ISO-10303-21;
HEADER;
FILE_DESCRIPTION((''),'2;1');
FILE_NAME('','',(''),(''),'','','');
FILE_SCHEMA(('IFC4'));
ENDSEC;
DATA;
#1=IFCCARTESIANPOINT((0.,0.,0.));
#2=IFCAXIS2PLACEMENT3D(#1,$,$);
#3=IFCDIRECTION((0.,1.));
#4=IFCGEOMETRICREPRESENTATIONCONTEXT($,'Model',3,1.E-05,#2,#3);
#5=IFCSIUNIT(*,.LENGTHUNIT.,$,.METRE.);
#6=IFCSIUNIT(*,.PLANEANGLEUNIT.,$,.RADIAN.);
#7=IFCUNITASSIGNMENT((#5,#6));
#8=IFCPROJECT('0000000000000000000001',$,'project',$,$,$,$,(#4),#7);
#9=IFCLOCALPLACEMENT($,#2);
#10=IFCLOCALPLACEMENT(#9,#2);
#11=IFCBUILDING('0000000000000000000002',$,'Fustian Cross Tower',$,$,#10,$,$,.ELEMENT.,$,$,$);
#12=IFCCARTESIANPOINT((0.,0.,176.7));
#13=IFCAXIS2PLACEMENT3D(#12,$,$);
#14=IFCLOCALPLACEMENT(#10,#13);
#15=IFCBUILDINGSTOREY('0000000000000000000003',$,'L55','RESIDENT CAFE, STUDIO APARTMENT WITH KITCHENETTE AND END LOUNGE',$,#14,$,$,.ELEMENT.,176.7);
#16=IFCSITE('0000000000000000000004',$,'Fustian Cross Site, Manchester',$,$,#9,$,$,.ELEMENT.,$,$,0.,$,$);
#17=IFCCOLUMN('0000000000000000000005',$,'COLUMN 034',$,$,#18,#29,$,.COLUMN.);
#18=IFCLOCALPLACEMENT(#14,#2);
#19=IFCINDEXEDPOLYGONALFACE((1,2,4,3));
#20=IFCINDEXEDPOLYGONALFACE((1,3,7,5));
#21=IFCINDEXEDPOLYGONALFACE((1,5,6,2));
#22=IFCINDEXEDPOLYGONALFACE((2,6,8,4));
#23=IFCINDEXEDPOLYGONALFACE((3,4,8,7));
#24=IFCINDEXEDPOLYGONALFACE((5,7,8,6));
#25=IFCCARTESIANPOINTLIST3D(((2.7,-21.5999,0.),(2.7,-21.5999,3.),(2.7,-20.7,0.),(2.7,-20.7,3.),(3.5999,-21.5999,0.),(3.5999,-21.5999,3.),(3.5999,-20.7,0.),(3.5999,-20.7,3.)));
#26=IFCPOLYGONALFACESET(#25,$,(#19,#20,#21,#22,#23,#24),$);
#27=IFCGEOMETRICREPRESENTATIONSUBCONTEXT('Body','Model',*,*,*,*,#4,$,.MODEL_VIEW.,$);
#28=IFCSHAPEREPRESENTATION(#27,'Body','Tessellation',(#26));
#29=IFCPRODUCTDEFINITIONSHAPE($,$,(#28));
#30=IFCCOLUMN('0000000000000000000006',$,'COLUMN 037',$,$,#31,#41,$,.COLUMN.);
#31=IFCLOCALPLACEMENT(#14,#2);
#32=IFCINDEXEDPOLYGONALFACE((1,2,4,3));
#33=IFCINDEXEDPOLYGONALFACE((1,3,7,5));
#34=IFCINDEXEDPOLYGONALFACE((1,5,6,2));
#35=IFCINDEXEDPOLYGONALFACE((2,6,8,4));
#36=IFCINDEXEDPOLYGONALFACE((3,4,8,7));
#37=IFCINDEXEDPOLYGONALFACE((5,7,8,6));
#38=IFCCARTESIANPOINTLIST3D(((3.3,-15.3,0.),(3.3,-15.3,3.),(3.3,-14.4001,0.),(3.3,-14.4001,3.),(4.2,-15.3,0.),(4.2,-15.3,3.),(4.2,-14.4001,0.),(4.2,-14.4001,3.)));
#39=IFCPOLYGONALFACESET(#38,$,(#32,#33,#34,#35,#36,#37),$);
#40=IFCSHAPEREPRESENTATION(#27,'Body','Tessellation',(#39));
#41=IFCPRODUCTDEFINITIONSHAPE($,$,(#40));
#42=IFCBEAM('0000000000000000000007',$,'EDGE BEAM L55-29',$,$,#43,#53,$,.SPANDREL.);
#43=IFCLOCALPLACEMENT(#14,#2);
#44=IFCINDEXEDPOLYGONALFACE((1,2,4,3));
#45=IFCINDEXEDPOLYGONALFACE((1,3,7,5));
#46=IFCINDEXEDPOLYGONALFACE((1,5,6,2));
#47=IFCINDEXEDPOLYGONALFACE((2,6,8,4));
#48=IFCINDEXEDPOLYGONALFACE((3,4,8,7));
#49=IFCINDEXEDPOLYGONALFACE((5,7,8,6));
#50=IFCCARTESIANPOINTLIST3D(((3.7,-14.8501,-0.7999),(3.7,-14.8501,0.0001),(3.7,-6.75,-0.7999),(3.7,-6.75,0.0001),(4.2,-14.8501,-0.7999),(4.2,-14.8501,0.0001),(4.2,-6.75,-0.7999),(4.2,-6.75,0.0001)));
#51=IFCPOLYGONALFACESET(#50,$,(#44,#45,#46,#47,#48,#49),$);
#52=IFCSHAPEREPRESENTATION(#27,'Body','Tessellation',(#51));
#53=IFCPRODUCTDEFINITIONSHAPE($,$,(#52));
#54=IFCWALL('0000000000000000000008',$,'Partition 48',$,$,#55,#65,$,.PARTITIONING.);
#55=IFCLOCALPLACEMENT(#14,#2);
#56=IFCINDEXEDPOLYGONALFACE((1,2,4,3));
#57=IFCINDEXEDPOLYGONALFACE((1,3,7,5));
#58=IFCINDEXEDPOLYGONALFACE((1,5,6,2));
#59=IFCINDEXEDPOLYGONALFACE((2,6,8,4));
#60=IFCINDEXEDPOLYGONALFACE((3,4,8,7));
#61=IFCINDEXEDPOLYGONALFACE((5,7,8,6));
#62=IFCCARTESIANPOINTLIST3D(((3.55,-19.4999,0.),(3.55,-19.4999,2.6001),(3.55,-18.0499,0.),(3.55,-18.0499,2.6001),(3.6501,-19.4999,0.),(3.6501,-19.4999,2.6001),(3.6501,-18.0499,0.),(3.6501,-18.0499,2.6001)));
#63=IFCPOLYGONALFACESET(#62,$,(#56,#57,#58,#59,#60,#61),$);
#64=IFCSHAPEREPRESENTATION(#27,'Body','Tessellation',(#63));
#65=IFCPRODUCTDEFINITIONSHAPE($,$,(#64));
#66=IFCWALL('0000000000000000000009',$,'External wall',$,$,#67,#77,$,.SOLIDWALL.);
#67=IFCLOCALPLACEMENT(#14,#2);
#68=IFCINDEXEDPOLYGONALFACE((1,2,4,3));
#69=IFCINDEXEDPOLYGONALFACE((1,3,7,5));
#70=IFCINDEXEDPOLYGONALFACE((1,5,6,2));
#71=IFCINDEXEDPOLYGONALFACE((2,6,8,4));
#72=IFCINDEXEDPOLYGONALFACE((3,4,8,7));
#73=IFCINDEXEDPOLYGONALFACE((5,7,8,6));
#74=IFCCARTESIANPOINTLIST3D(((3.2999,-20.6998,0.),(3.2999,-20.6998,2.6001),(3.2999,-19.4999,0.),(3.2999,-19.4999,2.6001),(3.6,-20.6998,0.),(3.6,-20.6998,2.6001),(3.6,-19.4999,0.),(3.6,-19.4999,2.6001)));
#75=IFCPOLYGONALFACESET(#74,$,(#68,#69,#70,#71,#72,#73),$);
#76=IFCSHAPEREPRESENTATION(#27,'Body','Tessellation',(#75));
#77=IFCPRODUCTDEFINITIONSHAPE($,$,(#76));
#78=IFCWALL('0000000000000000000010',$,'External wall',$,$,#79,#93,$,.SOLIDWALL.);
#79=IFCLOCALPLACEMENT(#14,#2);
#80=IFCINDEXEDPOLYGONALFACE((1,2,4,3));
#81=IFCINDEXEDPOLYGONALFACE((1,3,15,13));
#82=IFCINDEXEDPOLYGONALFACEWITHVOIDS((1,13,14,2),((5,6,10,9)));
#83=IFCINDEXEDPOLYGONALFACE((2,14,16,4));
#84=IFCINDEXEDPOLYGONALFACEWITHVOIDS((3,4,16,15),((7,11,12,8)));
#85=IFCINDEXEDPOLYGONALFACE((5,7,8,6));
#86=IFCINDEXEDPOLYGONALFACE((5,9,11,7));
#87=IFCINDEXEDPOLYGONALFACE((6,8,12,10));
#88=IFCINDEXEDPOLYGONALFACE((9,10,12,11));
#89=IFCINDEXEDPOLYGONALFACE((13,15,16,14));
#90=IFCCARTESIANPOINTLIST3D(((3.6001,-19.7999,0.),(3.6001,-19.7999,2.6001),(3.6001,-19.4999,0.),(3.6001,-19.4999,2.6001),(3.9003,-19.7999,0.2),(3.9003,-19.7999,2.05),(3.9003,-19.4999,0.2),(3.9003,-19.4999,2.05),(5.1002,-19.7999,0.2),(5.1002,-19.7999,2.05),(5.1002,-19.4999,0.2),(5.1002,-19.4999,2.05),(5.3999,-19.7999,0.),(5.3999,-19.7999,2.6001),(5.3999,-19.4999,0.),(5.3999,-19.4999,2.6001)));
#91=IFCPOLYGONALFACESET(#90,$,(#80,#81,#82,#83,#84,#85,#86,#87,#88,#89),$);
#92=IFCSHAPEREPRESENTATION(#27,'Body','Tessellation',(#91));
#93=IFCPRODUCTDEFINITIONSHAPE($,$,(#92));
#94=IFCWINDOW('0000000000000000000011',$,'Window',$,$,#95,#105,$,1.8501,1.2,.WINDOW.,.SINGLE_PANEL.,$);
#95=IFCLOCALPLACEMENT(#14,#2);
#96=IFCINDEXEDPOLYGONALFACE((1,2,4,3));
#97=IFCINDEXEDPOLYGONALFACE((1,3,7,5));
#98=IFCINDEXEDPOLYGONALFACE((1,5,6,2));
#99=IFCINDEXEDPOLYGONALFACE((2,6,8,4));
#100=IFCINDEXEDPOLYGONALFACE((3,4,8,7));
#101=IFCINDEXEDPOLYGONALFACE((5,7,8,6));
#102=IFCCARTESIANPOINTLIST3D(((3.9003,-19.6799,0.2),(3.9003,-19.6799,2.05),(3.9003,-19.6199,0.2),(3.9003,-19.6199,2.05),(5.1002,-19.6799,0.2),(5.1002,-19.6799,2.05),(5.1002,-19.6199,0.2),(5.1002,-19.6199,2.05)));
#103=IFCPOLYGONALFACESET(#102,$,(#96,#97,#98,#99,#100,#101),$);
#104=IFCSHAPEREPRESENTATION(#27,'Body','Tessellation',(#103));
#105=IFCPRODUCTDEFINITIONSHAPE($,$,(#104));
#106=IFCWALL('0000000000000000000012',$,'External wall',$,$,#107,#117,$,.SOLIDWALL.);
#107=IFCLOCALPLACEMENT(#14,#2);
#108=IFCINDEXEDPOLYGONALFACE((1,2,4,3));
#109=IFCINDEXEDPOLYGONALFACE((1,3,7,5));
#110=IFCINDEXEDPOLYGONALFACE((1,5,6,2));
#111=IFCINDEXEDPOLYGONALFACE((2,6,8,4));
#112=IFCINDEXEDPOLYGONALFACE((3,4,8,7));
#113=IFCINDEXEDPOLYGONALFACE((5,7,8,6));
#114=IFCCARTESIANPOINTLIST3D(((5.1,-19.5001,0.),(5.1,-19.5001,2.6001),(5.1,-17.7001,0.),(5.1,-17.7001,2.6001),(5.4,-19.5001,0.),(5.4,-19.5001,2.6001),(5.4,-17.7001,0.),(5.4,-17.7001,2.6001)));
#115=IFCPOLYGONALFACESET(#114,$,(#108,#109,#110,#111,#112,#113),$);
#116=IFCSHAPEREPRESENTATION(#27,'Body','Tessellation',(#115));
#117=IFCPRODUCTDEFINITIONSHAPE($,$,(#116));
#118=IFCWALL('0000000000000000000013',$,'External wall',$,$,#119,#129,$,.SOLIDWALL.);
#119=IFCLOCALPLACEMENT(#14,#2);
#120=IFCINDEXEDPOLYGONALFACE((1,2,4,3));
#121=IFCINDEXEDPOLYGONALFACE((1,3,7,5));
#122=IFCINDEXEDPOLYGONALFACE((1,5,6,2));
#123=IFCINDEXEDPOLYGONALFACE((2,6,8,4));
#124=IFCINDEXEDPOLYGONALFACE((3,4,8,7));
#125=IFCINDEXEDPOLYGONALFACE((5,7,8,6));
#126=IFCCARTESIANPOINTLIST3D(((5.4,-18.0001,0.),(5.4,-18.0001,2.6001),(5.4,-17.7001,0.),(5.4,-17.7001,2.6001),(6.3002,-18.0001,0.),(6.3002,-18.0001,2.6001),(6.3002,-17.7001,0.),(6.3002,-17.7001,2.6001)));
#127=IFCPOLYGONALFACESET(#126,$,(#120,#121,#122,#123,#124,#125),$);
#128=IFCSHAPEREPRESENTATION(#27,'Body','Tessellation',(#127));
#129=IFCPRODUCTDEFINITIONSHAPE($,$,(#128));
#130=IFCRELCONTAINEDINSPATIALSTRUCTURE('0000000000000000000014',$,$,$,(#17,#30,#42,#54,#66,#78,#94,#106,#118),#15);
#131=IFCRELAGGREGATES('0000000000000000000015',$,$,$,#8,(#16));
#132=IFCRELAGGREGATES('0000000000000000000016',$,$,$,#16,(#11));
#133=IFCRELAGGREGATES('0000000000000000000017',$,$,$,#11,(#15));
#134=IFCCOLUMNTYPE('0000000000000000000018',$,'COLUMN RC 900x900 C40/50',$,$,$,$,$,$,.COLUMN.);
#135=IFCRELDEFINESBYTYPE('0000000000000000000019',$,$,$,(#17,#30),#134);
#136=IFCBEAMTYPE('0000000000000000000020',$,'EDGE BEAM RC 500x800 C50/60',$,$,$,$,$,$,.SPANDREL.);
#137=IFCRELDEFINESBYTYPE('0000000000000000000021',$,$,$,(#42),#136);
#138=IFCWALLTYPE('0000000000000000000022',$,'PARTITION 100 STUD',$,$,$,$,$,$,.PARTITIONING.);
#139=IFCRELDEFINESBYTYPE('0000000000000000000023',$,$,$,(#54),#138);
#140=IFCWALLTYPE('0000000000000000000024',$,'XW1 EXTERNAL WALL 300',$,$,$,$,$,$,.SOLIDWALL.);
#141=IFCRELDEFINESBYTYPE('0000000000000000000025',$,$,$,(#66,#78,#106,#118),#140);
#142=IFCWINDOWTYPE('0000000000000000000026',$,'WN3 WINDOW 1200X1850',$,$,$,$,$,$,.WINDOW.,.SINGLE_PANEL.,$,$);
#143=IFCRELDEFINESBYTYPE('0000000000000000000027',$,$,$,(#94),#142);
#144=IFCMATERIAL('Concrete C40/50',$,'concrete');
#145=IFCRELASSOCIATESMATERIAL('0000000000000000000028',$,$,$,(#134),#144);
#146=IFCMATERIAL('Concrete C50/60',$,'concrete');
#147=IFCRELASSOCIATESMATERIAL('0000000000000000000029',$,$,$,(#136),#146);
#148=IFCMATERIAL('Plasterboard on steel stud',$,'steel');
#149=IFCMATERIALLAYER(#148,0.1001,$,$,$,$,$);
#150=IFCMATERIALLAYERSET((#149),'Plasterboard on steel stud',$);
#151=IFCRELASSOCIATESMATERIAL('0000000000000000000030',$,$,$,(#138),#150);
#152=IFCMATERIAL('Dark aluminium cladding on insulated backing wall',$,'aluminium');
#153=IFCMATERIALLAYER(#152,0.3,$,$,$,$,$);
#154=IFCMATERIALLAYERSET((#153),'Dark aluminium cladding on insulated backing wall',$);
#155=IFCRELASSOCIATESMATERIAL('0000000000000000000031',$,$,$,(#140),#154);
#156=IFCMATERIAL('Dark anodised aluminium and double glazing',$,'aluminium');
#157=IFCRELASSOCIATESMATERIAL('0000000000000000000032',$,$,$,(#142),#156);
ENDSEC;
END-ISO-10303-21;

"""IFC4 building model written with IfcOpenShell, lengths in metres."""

from ifc_helpers import new_model, si_unit, direction, frame, frame_2d, origin, origin_2d, place, context, subcontext, project, spatial, rectangle, extrude, material, layer, layer_set, material_profile, profile_set, type_object, element, fill, save


model = new_model("IFC4")

# Units and contexts
model_context = context("Model", 3, precision=1e-05, world=origin(), true_north=direction((0.0, 1.0)))
body_context = subcontext(model_context, "Body", "Model", "MODEL_VIEW")
ifc_project = project(units=[si_unit("LENGTHUNIT", "METRE"), si_unit("PLANEANGLEUNIT", "RADIAN")], contexts=[model_context])

# Site, building, storey
site_placement = place(None, origin())
site = spatial("IfcSite", under=ifc_project, at=site_placement, Name="Fustian Cross Site, Manchester", CompositionType="ELEMENT", RefElevation=0.0)
building_placement = place(site_placement, origin())
building = spatial("IfcBuilding", under=site, at=building_placement, Name="Fustian Cross Tower", CompositionType="ELEMENT")
storey_placement = place(building_placement, frame((0.0, 0.0, 176.7)))
storey = spatial("IfcBuildingStorey", under=building, at=storey_placement, Name="L55", Description="RESIDENT CAFE, STUDIO APARTMENT WITH KITCHENETTE AND END LOUNGE", CompositionType="ELEMENT", Elevation=176.7)

# Columns
ifc_material_1 = material(Name="Concrete C40/50", Category="concrete")
ifc_material_profile_1 = material_profile(ifc_material_1, rectangle(XDim=0.8999, YDim=0.8999, at=origin_2d()), Name="RC 900x900")
ifc_profile_set_1 = profile_set([ifc_material_profile_1], Name="Concrete C40/50")
column_type = type_object("IfcColumnType", Name="COLUMN RC 900x900 C40/50", PredefinedType="COLUMN", material=ifc_profile_set_1)
for number, where, z_axis, x_axis, name in (
    (1, (3.1499, -21.1499, 0.0), (0.0, 0.0, 1.0), (1.0, 0.0, 0.0), "COLUMN 034"),
    (2, (3.75, -14.8501, 0.0), (0.0, 0.0, 1.0), (1.0, 0.0, 0.0), "COLUMN 037"),
):
    element("IfcColumn", number, at=place(storey_placement, frame(where, z_axis=z_axis, x_axis=x_axis)), inside=storey, type_object=column_type, Name=name, PredefinedType="COLUMN", context=body_context, shape_type="SweptSolid", body=[
        extrude(rectangle(XDim=0.8999, YDim=0.8999, at=origin_2d()), origin(), (0.0, 0.0, 1.0), 3.0),
    ])

# Beam
ifc_material_2 = material(Name="Concrete C50/60", Category="concrete")
ifc_material_profile_2 = material_profile(ifc_material_2, rectangle(XDim=0.5, YDim=0.8, at=origin_2d()), Name="RC 500x800")
ifc_profile_set_2 = profile_set([ifc_material_profile_2], Name="Concrete C50/60")
beam_type = type_object("IfcBeamType", Name="EDGE BEAM RC 500x800 C50/60", PredefinedType="SPANDREL", material=ifc_profile_set_2)
beam_placement = place(storey_placement, frame((3.95, -14.8501, -0.3999), z_axis=(0.0, 1.0, 0.0), x_axis=(-1.0, 0.0, 0.0)))
element("IfcBeam", 3, at=beam_placement, inside=storey, type_object=beam_type, Name="EDGE BEAM L55-29", PredefinedType="SPANDREL", context=body_context, shape_type="SweptSolid", body=[
    extrude(rectangle(XDim=0.5, YDim=0.8, at=origin_2d()), origin(), (0.0, 0.0, 1.0), 8.1001),
])

# Walls
ifc_material_3 = material(Name="Plasterboard on steel stud", Category="steel")
ifc_layer_1 = layer(ifc_material_3, 0.1001)
ifc_layer_set_1 = layer_set([ifc_layer_1], Name="Plasterboard on steel stud")
wall_type_1 = type_object("IfcWallType", Name="PARTITION 100 STUD", PredefinedType="PARTITIONING", material=ifc_layer_set_1)
wall_1_placement = place(storey_placement, frame((3.6001, -19.5, 0.0), z_axis=(0.0, 0.0, 1.0), x_axis=(0.0, 1.0, 0.0)))
element("IfcWall", 4, at=wall_1_placement, inside=storey, type_object=wall_type_1, Name="Partition 48", PredefinedType="PARTITIONING", context=body_context, shape_type="SweptSolid", body=[
    extrude(rectangle(XDim=1.45, YDim=0.1001, at=frame_2d((0.7251, 0.0))), origin(), (0.0, 0.0, 1.0), 2.6001),
])
ifc_material_4 = material(Name="Dark aluminium cladding on insulated backing wall", Category="aluminium")
ifc_layer_2 = layer(ifc_material_4, 0.3)
ifc_layer_set_2 = layer_set([ifc_layer_2], Name="Dark aluminium cladding on insulated backing wall")
wall_type_2 = type_object("IfcWallType", Name="XW1 EXTERNAL WALL 300", PredefinedType="SOLIDWALL", material=ifc_layer_set_2)
wall_2_placement = place(storey_placement, frame((3.45, -20.7, 0.0), z_axis=(0.0, 0.0, 1.0), x_axis=(0.0, 1.0, 0.0)))
element("IfcWall", 5, at=wall_2_placement, inside=storey, type_object=wall_type_2, Name="External wall", PredefinedType="SOLIDWALL", context=body_context, shape_type="SweptSolid", body=[
    extrude(rectangle(XDim=1.2, YDim=0.3, at=frame_2d((0.6001, 0.0))), origin(), (0.0, 0.0, 1.0), 2.6001),
])

# Wall, opening, window
wall_3_placement = place(storey_placement, frame((3.6001, -19.6499, 0.0), z_axis=(0.0, 0.0, 1.0), x_axis=(1.0, 0.0, 0.0)))
wall_3 = element("IfcWall", 6, at=wall_3_placement, inside=storey, type_object=wall_type_2, Name="External wall", PredefinedType="SOLIDWALL", context=body_context, shape_type="SweptSolid", body=[
    extrude(rectangle(XDim=1.7998, YDim=0.3, at=frame_2d((0.8999, 0.0))), origin(), (0.0, 0.0, 1.0), 2.6001),
])
opening_placement = place(wall_3_placement, frame((0.3, 0.0, 0.2)))
opening = element("IfcOpeningElement", 7, at=opening_placement, cuts=wall_3, PredefinedType="OPENING", context=body_context, shape_type="SweptSolid", body=[
    extrude(rectangle(XDim=1.2, YDim=1.8501, at=frame_2d((0.6001, 0.925))), frame((0.0, 0.1599, 0.0), z_axis=(0.0, -1.0, 0.0), x_axis=(1.0, 0.0, 0.0)), (0.0, 0.0, 1.0), 0.3201),
])
ifc_material_5 = material(Name="Dark anodised aluminium and double glazing", Category="aluminium")
window_type = type_object("IfcWindowType", Name="WN3 WINDOW 1200X1850", PartitioningType="SINGLE_PANEL", PredefinedType="WINDOW", material=ifc_material_5)
window_placement = place(opening_placement, origin())
window = element("IfcWindow", 8, at=window_placement, inside=storey, type_object=window_type, Name="Window", OverallHeight=1.8501, OverallWidth=1.2, PartitioningType="SINGLE_PANEL", PredefinedType="WINDOW", context=body_context, shape_type="SweptSolid", body=[
    extrude(rectangle(XDim=1.2, YDim=1.8501, at=frame_2d((0.6001, 0.925))), frame((0.0, 0.03, 0.0), z_axis=(0.0, -1.0, 0.0), x_axis=(1.0, 0.0, 0.0)), (0.0, 0.0, 1.0), 0.0601),
])
fill(opening, window)

# Walls
wall_4_placement = place(storey_placement, frame((5.25, -19.5, 0.0), z_axis=(0.0, 0.0, 1.0), x_axis=(0.0, 1.0, 0.0)))
element("IfcWall", 9, at=wall_4_placement, inside=storey, type_object=wall_type_2, Name="External wall", PredefinedType="SOLIDWALL", context=body_context, shape_type="SweptSolid", body=[
    extrude(rectangle(XDim=1.8, YDim=0.3, at=frame_2d((0.8999, 0.0))), origin(), (0.0, 0.0, 1.0), 2.6001),
])
wall_5_placement = place(storey_placement, frame((5.3999, -17.8501, 0.0), z_axis=(0.0, 0.0, 1.0), x_axis=(1.0, 0.0, 0.0)))
element("IfcWall", 10, at=wall_5_placement, inside=storey, type_object=wall_type_2, Name="External wall", PredefinedType="SOLIDWALL", context=body_context, shape_type="SweptSolid", body=[
    extrude(rectangle(XDim=0.9001, YDim=0.3, at=frame_2d((0.4502, 0.0))), origin(), (0.0, 0.0, 1.0), 2.6001),
])

save(model, "model.ifc")
